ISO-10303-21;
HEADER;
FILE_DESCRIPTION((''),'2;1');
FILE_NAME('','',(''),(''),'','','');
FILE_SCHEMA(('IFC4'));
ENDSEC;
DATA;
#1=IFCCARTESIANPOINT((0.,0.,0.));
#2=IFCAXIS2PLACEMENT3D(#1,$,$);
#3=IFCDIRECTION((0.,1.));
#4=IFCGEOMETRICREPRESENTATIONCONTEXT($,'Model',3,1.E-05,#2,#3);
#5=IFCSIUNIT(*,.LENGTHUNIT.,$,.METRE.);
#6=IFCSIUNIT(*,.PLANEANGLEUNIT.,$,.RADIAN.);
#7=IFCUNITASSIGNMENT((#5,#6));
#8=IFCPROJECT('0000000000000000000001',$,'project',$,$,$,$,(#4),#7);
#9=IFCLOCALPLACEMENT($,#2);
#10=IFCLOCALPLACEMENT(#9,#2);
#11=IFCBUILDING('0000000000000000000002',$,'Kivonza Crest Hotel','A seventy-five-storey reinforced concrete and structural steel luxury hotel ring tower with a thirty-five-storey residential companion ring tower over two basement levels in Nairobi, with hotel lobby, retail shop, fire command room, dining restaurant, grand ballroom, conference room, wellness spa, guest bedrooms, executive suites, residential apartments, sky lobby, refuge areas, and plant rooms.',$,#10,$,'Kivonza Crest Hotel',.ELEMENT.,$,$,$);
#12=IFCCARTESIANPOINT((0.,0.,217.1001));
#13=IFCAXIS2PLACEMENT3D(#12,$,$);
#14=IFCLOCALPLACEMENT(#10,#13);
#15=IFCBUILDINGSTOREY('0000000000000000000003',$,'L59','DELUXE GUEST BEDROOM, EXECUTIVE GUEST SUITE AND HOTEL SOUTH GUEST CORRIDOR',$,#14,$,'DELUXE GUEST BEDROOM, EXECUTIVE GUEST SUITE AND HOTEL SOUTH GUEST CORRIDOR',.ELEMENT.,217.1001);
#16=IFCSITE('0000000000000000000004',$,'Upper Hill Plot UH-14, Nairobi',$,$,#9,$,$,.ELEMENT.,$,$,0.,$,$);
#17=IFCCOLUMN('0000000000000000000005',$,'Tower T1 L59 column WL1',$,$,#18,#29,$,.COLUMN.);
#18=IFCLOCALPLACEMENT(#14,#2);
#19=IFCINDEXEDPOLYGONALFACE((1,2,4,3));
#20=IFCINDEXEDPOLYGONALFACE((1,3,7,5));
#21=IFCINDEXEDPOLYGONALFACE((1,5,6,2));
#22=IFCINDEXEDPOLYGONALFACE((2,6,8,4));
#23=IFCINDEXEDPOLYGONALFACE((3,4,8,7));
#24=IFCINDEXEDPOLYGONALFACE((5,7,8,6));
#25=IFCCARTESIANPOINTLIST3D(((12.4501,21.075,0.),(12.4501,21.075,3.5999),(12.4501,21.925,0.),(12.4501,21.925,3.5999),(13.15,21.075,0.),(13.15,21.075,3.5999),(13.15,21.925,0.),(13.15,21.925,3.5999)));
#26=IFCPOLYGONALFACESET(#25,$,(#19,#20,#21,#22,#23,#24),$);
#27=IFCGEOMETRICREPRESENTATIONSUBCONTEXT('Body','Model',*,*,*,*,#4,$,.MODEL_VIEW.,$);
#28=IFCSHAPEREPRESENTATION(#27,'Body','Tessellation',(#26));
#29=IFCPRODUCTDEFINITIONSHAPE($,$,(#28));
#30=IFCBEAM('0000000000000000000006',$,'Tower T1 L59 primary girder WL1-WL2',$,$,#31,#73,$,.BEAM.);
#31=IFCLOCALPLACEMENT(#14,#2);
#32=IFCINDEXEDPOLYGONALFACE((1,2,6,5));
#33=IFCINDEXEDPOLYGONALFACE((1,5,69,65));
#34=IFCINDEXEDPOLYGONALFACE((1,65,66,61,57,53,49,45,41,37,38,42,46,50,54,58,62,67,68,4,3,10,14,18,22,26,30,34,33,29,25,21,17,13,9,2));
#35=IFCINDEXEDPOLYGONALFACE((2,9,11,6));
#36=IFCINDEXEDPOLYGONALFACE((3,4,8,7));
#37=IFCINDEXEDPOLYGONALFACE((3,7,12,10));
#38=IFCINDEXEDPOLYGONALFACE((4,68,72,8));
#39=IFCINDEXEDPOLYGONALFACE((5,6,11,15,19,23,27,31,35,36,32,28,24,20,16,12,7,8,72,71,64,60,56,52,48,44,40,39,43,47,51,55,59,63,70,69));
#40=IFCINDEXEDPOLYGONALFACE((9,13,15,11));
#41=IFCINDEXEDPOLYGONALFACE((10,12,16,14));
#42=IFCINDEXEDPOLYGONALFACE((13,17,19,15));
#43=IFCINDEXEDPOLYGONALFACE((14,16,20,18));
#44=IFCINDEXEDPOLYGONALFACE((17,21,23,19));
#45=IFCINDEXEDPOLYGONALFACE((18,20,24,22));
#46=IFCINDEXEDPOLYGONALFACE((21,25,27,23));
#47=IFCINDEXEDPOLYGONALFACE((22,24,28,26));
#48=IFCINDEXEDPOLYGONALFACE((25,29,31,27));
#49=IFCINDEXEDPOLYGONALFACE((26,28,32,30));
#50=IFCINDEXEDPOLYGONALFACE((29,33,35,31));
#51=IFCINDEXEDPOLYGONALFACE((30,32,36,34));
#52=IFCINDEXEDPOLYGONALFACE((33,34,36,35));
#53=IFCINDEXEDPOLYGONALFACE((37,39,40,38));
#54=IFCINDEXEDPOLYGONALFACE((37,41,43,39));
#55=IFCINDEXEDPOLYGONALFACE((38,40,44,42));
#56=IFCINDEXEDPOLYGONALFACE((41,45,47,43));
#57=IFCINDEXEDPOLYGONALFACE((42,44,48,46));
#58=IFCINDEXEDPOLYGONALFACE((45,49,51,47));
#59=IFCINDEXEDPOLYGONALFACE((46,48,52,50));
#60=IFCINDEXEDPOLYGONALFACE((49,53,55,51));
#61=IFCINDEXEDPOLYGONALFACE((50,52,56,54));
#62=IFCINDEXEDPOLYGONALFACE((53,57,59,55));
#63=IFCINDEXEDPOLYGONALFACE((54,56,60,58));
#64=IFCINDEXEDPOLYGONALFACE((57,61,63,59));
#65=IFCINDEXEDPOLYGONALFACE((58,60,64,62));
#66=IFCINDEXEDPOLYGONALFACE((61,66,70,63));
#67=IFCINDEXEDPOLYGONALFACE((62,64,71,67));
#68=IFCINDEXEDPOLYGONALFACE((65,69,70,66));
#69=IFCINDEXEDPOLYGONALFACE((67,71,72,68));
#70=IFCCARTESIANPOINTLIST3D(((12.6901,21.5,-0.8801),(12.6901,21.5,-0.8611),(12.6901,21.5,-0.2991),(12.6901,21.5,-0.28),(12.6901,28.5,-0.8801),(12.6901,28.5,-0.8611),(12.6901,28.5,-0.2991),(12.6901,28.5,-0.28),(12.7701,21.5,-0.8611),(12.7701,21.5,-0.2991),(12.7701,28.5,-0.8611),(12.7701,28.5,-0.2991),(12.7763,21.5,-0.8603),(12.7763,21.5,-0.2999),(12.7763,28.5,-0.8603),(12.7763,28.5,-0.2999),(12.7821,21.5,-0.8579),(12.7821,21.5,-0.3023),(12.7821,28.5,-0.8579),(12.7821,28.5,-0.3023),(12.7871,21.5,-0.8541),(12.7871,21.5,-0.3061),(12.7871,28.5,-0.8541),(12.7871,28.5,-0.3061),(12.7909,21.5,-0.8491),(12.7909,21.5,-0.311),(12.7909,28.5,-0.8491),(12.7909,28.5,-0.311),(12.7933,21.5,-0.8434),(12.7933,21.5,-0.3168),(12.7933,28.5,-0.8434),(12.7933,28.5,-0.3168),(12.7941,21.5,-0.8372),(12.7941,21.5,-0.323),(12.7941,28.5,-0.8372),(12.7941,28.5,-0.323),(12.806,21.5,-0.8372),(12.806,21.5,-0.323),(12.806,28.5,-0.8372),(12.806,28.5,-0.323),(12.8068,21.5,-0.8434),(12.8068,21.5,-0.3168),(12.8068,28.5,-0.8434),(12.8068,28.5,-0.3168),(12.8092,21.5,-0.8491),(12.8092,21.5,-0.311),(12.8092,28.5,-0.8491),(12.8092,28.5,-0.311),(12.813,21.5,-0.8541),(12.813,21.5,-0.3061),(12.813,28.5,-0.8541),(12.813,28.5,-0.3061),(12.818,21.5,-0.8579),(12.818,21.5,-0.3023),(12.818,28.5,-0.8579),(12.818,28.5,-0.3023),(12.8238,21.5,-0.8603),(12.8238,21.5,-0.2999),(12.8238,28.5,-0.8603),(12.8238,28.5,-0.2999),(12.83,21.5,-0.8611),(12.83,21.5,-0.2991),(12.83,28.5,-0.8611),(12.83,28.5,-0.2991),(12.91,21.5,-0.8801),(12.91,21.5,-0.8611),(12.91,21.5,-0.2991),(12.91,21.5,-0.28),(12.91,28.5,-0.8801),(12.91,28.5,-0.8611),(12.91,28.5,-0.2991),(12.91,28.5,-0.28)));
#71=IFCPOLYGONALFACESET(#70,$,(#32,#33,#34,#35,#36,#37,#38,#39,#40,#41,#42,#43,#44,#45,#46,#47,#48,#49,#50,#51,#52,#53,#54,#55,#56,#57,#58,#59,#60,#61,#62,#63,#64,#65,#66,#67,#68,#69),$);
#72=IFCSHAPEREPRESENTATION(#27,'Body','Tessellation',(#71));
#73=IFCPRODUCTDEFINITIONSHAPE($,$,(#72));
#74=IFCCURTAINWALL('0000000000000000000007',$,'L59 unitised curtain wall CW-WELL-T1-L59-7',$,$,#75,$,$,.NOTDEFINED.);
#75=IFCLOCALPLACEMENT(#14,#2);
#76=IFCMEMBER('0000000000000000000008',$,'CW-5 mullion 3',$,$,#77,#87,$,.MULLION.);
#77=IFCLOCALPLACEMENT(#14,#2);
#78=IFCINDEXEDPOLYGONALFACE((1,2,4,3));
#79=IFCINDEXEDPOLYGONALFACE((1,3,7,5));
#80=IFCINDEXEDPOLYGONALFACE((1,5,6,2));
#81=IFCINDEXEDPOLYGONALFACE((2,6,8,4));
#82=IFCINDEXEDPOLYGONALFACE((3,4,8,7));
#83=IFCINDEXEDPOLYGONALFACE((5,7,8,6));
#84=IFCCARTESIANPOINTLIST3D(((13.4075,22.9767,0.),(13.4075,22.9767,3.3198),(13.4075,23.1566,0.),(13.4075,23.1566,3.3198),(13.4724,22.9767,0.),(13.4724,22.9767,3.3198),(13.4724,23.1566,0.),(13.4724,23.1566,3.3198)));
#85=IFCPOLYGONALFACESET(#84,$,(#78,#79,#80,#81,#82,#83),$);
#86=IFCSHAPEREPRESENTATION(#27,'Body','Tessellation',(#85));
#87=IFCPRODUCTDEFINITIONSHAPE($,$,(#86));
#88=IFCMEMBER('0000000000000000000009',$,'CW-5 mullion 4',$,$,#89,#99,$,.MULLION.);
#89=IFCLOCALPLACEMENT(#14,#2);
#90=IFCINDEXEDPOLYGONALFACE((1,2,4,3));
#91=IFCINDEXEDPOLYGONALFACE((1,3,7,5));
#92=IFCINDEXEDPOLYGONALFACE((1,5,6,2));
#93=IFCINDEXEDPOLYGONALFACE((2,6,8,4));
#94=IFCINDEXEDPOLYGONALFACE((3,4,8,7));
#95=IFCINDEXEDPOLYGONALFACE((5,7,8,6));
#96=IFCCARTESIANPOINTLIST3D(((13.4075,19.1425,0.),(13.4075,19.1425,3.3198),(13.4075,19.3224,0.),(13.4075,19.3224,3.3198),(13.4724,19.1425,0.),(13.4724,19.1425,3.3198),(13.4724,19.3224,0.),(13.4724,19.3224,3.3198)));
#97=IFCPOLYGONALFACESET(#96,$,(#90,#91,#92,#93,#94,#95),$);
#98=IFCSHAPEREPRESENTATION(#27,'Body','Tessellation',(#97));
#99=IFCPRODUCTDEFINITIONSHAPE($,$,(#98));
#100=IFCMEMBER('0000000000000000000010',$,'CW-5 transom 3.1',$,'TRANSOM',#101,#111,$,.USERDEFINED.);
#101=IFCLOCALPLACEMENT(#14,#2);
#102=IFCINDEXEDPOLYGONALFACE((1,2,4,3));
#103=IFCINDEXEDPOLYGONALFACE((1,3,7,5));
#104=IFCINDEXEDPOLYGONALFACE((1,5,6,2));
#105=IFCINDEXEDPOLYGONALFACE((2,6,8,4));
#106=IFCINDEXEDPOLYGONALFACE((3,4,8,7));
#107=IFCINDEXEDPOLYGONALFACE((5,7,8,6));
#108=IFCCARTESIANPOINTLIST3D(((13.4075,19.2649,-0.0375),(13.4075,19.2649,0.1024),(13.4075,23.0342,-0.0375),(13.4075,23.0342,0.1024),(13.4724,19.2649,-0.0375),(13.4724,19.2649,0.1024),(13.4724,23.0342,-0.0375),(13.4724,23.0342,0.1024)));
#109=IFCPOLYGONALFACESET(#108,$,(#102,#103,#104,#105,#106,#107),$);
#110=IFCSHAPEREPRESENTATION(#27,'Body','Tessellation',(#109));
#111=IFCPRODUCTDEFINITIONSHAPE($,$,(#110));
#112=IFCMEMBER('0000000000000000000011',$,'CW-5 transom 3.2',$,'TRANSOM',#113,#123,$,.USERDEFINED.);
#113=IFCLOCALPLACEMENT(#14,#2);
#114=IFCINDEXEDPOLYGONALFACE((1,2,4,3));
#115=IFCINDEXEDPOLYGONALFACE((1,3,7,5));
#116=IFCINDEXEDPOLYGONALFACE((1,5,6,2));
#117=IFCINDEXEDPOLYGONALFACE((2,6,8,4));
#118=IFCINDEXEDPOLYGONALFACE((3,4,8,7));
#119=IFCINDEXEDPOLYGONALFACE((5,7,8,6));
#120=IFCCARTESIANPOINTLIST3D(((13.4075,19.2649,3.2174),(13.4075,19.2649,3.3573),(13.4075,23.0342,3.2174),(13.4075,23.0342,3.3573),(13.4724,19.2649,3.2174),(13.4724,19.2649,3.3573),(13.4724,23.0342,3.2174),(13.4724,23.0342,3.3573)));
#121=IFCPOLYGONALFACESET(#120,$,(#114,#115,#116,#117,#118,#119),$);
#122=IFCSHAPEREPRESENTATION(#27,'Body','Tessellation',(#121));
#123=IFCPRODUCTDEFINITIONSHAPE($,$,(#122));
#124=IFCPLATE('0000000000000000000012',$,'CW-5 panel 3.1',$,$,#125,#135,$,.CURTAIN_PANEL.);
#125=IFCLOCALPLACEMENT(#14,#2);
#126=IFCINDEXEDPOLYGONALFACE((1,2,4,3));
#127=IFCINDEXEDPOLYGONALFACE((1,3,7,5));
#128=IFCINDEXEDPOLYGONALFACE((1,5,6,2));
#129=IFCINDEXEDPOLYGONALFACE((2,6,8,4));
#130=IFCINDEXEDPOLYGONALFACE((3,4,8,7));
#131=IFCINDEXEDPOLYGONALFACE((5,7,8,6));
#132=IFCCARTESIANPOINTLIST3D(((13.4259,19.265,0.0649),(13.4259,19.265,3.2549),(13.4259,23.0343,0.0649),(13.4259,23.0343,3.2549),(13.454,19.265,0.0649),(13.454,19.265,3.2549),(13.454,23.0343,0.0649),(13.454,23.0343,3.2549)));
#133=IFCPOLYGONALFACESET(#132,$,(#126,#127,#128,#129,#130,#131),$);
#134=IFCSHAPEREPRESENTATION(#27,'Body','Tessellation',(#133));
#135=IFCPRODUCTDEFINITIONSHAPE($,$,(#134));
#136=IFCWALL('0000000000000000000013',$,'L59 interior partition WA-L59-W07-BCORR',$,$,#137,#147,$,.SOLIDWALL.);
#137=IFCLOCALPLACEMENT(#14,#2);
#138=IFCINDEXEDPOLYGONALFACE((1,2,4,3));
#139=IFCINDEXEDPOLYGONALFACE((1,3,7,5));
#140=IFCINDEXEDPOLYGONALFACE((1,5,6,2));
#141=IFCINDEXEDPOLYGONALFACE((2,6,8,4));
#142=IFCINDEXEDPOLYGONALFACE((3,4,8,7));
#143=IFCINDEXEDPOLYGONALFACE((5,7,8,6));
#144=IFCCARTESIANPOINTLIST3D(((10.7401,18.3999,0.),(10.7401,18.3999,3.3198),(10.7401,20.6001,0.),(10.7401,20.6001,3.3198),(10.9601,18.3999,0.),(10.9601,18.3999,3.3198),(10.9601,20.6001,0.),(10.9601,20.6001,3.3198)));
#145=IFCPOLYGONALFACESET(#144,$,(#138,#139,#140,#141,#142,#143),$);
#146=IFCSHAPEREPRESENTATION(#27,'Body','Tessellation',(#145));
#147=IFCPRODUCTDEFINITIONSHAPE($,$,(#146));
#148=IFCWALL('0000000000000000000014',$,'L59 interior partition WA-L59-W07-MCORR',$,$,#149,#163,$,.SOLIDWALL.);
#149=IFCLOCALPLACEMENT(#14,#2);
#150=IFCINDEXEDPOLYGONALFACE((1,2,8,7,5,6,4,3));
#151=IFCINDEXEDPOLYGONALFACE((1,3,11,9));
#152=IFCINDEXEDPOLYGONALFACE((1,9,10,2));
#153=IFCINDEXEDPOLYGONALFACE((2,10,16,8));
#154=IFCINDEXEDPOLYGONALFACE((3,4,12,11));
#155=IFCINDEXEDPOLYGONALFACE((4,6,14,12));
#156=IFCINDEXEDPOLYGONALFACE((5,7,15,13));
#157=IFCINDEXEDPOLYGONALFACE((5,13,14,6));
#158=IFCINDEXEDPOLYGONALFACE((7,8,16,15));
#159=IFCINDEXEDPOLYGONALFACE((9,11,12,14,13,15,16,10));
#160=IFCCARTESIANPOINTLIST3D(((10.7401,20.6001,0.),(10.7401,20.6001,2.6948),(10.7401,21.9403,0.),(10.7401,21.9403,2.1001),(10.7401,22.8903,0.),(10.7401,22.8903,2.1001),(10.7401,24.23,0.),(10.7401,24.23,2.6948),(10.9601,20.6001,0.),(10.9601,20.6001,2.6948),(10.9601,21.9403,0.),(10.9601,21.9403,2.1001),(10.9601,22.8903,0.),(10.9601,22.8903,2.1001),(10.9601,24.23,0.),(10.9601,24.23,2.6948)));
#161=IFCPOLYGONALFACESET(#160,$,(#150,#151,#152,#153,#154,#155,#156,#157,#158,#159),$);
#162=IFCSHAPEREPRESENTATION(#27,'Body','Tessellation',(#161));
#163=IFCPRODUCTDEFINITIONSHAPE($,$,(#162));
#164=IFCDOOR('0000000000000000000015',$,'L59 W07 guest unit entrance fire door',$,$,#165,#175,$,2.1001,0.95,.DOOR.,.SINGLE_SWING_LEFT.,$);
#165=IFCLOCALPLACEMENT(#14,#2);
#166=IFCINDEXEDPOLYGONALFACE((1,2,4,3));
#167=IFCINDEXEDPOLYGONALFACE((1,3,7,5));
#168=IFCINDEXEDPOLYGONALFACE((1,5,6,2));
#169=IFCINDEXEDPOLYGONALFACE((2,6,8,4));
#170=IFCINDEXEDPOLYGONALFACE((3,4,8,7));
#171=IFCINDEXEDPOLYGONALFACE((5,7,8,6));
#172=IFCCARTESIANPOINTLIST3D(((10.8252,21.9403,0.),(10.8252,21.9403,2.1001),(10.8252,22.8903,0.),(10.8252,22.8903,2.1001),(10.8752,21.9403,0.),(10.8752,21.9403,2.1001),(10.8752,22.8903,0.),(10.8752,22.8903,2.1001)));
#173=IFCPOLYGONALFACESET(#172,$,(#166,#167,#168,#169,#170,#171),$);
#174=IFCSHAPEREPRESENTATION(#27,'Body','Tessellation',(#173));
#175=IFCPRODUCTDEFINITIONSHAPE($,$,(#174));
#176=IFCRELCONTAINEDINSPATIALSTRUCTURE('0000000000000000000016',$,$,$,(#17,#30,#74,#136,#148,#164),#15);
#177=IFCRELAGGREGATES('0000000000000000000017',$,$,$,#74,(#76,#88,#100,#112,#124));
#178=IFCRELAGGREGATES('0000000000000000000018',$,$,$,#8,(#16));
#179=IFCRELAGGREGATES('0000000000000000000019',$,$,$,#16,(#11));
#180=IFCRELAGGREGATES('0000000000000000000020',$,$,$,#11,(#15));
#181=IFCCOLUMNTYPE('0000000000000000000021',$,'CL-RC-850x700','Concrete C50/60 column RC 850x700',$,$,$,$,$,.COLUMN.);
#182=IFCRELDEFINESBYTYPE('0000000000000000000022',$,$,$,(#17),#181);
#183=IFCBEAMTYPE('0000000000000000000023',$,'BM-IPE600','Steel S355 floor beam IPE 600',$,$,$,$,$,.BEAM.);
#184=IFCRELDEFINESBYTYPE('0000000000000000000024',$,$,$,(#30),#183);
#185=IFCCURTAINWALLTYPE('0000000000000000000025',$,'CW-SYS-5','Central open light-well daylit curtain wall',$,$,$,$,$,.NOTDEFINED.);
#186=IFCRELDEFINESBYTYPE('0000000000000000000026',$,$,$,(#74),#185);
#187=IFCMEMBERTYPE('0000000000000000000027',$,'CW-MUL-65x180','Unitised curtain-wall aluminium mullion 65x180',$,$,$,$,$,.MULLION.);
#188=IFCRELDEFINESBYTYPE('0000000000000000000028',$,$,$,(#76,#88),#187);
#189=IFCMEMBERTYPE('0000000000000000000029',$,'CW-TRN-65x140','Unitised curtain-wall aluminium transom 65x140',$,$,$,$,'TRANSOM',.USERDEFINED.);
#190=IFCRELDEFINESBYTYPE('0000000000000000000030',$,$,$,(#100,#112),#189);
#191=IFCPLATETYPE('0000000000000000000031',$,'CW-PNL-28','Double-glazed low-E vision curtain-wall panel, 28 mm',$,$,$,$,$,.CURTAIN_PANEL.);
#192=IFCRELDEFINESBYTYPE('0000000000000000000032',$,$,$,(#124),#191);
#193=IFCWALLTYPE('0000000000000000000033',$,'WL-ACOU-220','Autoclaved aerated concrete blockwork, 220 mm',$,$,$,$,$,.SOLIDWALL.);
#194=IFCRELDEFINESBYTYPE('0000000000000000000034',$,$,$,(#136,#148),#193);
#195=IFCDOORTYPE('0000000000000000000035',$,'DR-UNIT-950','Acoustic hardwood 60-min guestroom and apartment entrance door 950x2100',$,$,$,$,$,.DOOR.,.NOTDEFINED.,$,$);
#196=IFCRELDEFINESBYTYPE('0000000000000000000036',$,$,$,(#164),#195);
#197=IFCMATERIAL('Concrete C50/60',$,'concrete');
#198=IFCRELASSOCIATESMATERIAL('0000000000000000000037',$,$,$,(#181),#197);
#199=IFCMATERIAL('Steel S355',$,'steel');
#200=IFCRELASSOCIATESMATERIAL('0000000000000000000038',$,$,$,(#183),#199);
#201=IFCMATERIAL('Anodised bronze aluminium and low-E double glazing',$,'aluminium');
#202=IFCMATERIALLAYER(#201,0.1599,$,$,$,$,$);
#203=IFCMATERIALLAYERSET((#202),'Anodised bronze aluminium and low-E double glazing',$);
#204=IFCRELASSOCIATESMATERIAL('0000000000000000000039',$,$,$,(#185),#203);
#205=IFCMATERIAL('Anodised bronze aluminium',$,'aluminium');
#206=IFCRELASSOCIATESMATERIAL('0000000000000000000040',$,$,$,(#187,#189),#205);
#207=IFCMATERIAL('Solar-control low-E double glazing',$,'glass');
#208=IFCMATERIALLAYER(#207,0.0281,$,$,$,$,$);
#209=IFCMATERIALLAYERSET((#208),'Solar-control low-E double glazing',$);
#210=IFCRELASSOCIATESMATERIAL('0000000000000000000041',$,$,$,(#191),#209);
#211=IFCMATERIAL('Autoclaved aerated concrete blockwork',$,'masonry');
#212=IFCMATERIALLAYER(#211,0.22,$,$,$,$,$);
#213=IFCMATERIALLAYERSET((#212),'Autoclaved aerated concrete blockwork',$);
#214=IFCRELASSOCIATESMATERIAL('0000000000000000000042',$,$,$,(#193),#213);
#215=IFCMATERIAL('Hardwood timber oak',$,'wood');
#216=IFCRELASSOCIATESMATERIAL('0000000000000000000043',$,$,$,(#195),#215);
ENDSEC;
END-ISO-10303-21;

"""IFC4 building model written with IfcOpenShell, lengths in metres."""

from ifc_helpers import new_model, si_unit, direction, frame, frame_2d, origin, origin_2d, place, context, subcontext, project, spatial, rectangle, i_section, extrude, material, layer, layer_set, material_profile, profile_set, type_object, element, fill, aggregate, save


model = new_model("IFC4")

# Units and contexts
model_context = context("Model", 3, precision=1e-05, world=origin(), true_north=direction((0.0, 1.0)))
body_context = subcontext(model_context, "Body", "Model", "MODEL_VIEW")
ifc_project = project(units=[si_unit("LENGTHUNIT", "METRE"), si_unit("PLANEANGLEUNIT", "RADIAN")], contexts=[model_context])

# Site, building, storey
site_placement = place(None, origin())
site = spatial("IfcSite", under=ifc_project, at=site_placement, Name="Upper Hill Plot UH-14, Nairobi", CompositionType="ELEMENT", RefElevation=0.0)
building_placement = place(site_placement, origin())
building = spatial("IfcBuilding", under=site, at=building_placement, Name="Kivonza Crest Hotel", Description="A seventy-five-storey reinforced concrete and structural steel luxury hotel ring tower with a thirty-five-storey residential companion ring tower over two basement levels in Nairobi, with hotel lobby, retail shop, fire command room, dining restaurant, grand ballroom, conference room, wellness spa, guest bedrooms, executive suites, residential apartments, sky lobby, refuge areas, and plant rooms.", LongName="Kivonza Crest Hotel", CompositionType="ELEMENT")
storey_placement = place(building_placement, frame((0.0, 0.0, 217.1001)))
storey = spatial("IfcBuildingStorey", under=building, at=storey_placement, Name="L59", Description="DELUXE GUEST BEDROOM, EXECUTIVE GUEST SUITE AND HOTEL SOUTH GUEST CORRIDOR", LongName="DELUXE GUEST BEDROOM, EXECUTIVE GUEST SUITE AND HOTEL SOUTH GUEST CORRIDOR", CompositionType="ELEMENT", Elevation=217.1001)

# Column
ifc_material_1 = material(Name="Concrete C50/60", Category="concrete")
ifc_material_profile_1 = material_profile(ifc_material_1, rectangle(XDim=0.7, YDim=0.8501, at=origin_2d()), Name="RC 850x700")
ifc_profile_set_1 = profile_set([ifc_material_profile_1], Name="Concrete C50/60")
column_type = type_object("IfcColumnType", Name="CL-RC-850x700", Description="Concrete C50/60 column RC 850x700", PredefinedType="COLUMN", material=ifc_profile_set_1)
column_placement = place(storey_placement, frame((12.8, 21.5, 0.0), z_axis=(0.0, 0.0, 1.0), x_axis=(1.0, 0.0, 0.0)))
element("IfcColumn", 1, at=column_placement, inside=storey, type_object=column_type, Name="Tower T1 L59 column WL1", PredefinedType="COLUMN", context=body_context, shape_type="SweptSolid", body=[
    extrude(rectangle(XDim=0.7, YDim=0.8501, at=origin_2d()), origin(), (0.0, 0.0, 1.0), 3.5999),
])

# Beam
ifc_material_2 = material(Name="Steel S355", Category="steel")
ifc_material_profile_2 = material_profile(ifc_material_2, i_section(OverallWidth=0.22, OverallDepth=0.6001, WebThickness=0.012, FlangeThickness=0.019, FilletRadius=0.0239, at=origin_2d()), Name="IPE 600")
ifc_profile_set_2 = profile_set([ifc_material_profile_2], Name="Steel S355")
beam_type = type_object("IfcBeamType", Name="BM-IPE600", Description="Steel S355 floor beam IPE 600", PredefinedType="BEAM", material=ifc_profile_set_2)
beam_placement = place(storey_placement, frame((12.8, 21.5, -0.5801), z_axis=(0.0, 1.0, 0.0), x_axis=(-1.0, 0.0, 0.0)))
element("IfcBeam", 2, at=beam_placement, inside=storey, type_object=beam_type, Name="Tower T1 L59 primary girder WL1-WL2", PredefinedType="BEAM", context=body_context, shape_type="SweptSolid", body=[
    extrude(i_section(OverallWidth=0.22, OverallDepth=0.6001, WebThickness=0.012, FlangeThickness=0.019, FilletRadius=0.0239, at=origin_2d()), origin(), (0.0, 0.0, 1.0), 7.0),
])

# Curtain wall, members, plate
ifc_material_3 = material(Name="Anodised bronze aluminium and low-E double glazing", Category="aluminium")
ifc_layer_1 = layer(ifc_material_3, 0.1599)
ifc_layer_set_1 = layer_set([ifc_layer_1], Name="Anodised bronze aluminium and low-E double glazing")
curtain_wall_type = type_object("IfcCurtainWallType", Name="CW-SYS-5", Description="Central open light-well daylit curtain wall", PredefinedType="NOTDEFINED", material=ifc_layer_set_1)
curtain_wall_placement = place(storey_placement, origin())
curtain_wall = element("IfcCurtainWall", 3, at=curtain_wall_placement, inside=storey, type_object=curtain_wall_type, Name="L59 unitised curtain wall CW-WELL-T1-L59-7", PredefinedType="NOTDEFINED")
ifc_material_4 = material(Name="Anodised bronze aluminium", Category="aluminium")
ifc_material_profile_3 = material_profile(ifc_material_4, rectangle(XDim=0.0649, YDim=0.1799, at=origin_2d()), Name="CW-M 65x180")
ifc_profile_set_3 = profile_set([ifc_material_profile_3], Name="Anodised bronze aluminium")
member_type_1 = type_object("IfcMemberType", Name="CW-MUL-65x180", Description="Unitised curtain-wall aluminium mullion 65x180", PredefinedType="MULLION", material=ifc_profile_set_3)
member_1_placement = place(storey_placement, frame((13.4399, 23.0667, 0.0), z_axis=(0.0, 0.0, 1.0), x_axis=(1.0, 0.0, 0.0)))
member_1 = element("IfcMember", 4, at=member_1_placement, type_object=member_type_1, Name="CW-5 mullion 3", PredefinedType="MULLION", context=body_context, shape_type="SweptSolid", body=[
    extrude(rectangle(XDim=0.0649, YDim=0.1799, at=origin_2d()), origin(), (0.0, 0.0, 1.0), 3.3198),
])
member_2_placement = place(storey_placement, frame((13.4399, 19.2324, 0.0), z_axis=(0.0, 0.0, 1.0), x_axis=(1.0, 0.0, 0.0)))
member_2 = element("IfcMember", 5, at=member_2_placement, type_object=member_type_1, Name="CW-5 mullion 4", PredefinedType="MULLION", context=body_context, shape_type="SweptSolid", body=[
    extrude(rectangle(XDim=0.0649, YDim=0.1799, at=origin_2d()), origin(), (0.0, 0.0, 1.0), 3.3198),
])
ifc_material_profile_4 = material_profile(ifc_material_4, rectangle(XDim=0.0649, YDim=0.1399, at=origin_2d()), Name="CW-T 65x140")
ifc_profile_set_4 = profile_set([ifc_material_profile_4], Name="Anodised bronze aluminium")
member_type_2 = type_object("IfcMemberType", Name="CW-TRN-65x140", Description="Unitised curtain-wall aluminium transom 65x140", ElementType="TRANSOM", PredefinedType="USERDEFINED", material=ifc_profile_set_4)
member_3_placement = place(storey_placement, frame((13.4399, 23.0342, 0.0325), z_axis=(0.0, -1.0, 0.0), x_axis=(1.0, 0.0, 0.0)))
member_3 = element("IfcMember", 6, at=member_3_placement, type_object=member_type_2, Name="CW-5 transom 3.1", ObjectType="TRANSOM", PredefinedType="USERDEFINED", context=body_context, shape_type="SweptSolid", body=[
    extrude(rectangle(XDim=0.0649, YDim=0.1399, at=origin_2d()), origin(), (0.0, 0.0, 1.0), 3.7693),
])
member_4_placement = place(storey_placement, frame((13.4399, 23.0342, 3.2874), z_axis=(0.0, -1.0, 0.0), x_axis=(1.0, 0.0, 0.0)))
member_4 = element("IfcMember", 7, at=member_4_placement, type_object=member_type_2, Name="CW-5 transom 3.2", ObjectType="TRANSOM", PredefinedType="USERDEFINED", context=body_context, shape_type="SweptSolid", body=[
    extrude(rectangle(XDim=0.0649, YDim=0.1399, at=origin_2d()), origin(), (0.0, 0.0, 1.0), 3.7693),
])
ifc_material_5 = material(Name="Solar-control low-E double glazing", Category="glass")
ifc_layer_2 = layer(ifc_material_5, 0.0281)
ifc_layer_set_2 = layer_set([ifc_layer_2], Name="Solar-control low-E double glazing")
plate_type = type_object("IfcPlateType", Name="CW-PNL-28", Description="Double-glazed low-E vision curtain-wall panel, 28 mm", PredefinedType="CURTAIN_PANEL", material=ifc_layer_set_2)
plate_placement = place(storey_placement, frame((13.4399, 21.1497, 0.0649), z_axis=(0.0, 0.0, 1.0), x_axis=(0.0, -1.0, 0.0)))
plate = element("IfcPlate", 8, at=plate_placement, type_object=plate_type, Name="CW-5 panel 3.1", PredefinedType="CURTAIN_PANEL", context=body_context, shape_type="SweptSolid", body=[
    extrude(rectangle(XDim=3.7693, YDim=0.0281, at=origin_2d()), origin(), (0.0, 0.0, 1.0), 3.1899),
])
aggregate(curtain_wall, [member_1, member_2, member_3, member_4, plate])

# Wall
ifc_material_6 = material(Name="Autoclaved aerated concrete blockwork", Category="masonry")
ifc_layer_3 = layer(ifc_material_6, 0.22)
ifc_layer_set_3 = layer_set([ifc_layer_3], Name="Autoclaved aerated concrete blockwork")
wall_type_1 = type_object("IfcWallType", Name="WL-ACOU-220", Description="Autoclaved aerated concrete blockwork, 220 mm", PredefinedType="SOLIDWALL", material=ifc_layer_set_3)
wall_1_placement = place(storey_placement, frame((10.8501, 18.3999, 0.0), z_axis=(0.0, 0.0, 1.0), x_axis=(0.0, 1.0, 0.0)))
element("IfcWall", 9, at=wall_1_placement, inside=storey, type_object=wall_type_1, Name="L59 interior partition WA-L59-W07-BCORR", PredefinedType="SOLIDWALL", context=body_context, shape_type="SweptSolid", body=[
    extrude(rectangle(XDim=2.2002, YDim=0.22, at=frame_2d((1.1001, 0.0))), origin(), (0.0, 0.0, 1.0), 3.3198),
])

# Wall, opening, door
wall_2_placement = place(storey_placement, frame((10.8501, 20.6001, 0.0), z_axis=(0.0, 0.0, 1.0), x_axis=(0.0, 1.0, 0.0)))
wall_2 = element("IfcWall", 10, at=wall_2_placement, inside=storey, type_object=wall_type_1, Name="L59 interior partition WA-L59-W07-MCORR", PredefinedType="SOLIDWALL", context=body_context, shape_type="SweptSolid", body=[
    extrude(rectangle(XDim=3.6299, YDim=0.22, at=frame_2d((1.8149, 0.0))), origin(), (0.0, 0.0, 1.0), 2.6948),
])
opening_1_placement = place(wall_2_placement, frame((1.3401, 0.0, 0.0)))
opening_1 = element("IfcOpeningElement", 11, at=opening_1_placement, cuts=wall_2, PredefinedType="OPENING", context=body_context, shape_type="SweptSolid", body=[
    extrude(rectangle(XDim=0.95, YDim=2.1001, at=frame_2d((0.4751, 1.05))), frame((0.0, 0.1201, 0.0), z_axis=(0.0, -1.0, 0.0), x_axis=(1.0, 0.0, 0.0)), (0.0, 0.0, 1.0), 0.24),
])
ifc_material_7 = material(Name="Hardwood timber oak", Category="wood")
door_type_1 = type_object("IfcDoorType", Name="DR-UNIT-950", Description="Acoustic hardwood 60-min guestroom and apartment entrance door 950x2100", OperationType="NOTDEFINED", PredefinedType="DOOR", material=ifc_material_7)
door_1_placement = place(opening_1_placement, origin())
door_1 = element("IfcDoor", 12, at=door_1_placement, inside=storey, type_object=door_type_1, Name="L59 W07 guest unit entrance fire door", OperationType="SINGLE_SWING_LEFT", OverallHeight=2.1001, OverallWidth=0.95, PredefinedType="DOOR", context=body_context, shape_type="SweptSolid", body=[
    extrude(rectangle(XDim=0.95, YDim=2.1001, at=frame_2d((0.4751, 1.05))), frame((0.0, 0.0249, 0.0), z_axis=(0.0, -1.0, 0.0), x_axis=(1.0, 0.0, 0.0)), (0.0, 0.0, 1.0), 0.05),
])
fill(opening_1, door_1)

save(model, "model.ifc")
